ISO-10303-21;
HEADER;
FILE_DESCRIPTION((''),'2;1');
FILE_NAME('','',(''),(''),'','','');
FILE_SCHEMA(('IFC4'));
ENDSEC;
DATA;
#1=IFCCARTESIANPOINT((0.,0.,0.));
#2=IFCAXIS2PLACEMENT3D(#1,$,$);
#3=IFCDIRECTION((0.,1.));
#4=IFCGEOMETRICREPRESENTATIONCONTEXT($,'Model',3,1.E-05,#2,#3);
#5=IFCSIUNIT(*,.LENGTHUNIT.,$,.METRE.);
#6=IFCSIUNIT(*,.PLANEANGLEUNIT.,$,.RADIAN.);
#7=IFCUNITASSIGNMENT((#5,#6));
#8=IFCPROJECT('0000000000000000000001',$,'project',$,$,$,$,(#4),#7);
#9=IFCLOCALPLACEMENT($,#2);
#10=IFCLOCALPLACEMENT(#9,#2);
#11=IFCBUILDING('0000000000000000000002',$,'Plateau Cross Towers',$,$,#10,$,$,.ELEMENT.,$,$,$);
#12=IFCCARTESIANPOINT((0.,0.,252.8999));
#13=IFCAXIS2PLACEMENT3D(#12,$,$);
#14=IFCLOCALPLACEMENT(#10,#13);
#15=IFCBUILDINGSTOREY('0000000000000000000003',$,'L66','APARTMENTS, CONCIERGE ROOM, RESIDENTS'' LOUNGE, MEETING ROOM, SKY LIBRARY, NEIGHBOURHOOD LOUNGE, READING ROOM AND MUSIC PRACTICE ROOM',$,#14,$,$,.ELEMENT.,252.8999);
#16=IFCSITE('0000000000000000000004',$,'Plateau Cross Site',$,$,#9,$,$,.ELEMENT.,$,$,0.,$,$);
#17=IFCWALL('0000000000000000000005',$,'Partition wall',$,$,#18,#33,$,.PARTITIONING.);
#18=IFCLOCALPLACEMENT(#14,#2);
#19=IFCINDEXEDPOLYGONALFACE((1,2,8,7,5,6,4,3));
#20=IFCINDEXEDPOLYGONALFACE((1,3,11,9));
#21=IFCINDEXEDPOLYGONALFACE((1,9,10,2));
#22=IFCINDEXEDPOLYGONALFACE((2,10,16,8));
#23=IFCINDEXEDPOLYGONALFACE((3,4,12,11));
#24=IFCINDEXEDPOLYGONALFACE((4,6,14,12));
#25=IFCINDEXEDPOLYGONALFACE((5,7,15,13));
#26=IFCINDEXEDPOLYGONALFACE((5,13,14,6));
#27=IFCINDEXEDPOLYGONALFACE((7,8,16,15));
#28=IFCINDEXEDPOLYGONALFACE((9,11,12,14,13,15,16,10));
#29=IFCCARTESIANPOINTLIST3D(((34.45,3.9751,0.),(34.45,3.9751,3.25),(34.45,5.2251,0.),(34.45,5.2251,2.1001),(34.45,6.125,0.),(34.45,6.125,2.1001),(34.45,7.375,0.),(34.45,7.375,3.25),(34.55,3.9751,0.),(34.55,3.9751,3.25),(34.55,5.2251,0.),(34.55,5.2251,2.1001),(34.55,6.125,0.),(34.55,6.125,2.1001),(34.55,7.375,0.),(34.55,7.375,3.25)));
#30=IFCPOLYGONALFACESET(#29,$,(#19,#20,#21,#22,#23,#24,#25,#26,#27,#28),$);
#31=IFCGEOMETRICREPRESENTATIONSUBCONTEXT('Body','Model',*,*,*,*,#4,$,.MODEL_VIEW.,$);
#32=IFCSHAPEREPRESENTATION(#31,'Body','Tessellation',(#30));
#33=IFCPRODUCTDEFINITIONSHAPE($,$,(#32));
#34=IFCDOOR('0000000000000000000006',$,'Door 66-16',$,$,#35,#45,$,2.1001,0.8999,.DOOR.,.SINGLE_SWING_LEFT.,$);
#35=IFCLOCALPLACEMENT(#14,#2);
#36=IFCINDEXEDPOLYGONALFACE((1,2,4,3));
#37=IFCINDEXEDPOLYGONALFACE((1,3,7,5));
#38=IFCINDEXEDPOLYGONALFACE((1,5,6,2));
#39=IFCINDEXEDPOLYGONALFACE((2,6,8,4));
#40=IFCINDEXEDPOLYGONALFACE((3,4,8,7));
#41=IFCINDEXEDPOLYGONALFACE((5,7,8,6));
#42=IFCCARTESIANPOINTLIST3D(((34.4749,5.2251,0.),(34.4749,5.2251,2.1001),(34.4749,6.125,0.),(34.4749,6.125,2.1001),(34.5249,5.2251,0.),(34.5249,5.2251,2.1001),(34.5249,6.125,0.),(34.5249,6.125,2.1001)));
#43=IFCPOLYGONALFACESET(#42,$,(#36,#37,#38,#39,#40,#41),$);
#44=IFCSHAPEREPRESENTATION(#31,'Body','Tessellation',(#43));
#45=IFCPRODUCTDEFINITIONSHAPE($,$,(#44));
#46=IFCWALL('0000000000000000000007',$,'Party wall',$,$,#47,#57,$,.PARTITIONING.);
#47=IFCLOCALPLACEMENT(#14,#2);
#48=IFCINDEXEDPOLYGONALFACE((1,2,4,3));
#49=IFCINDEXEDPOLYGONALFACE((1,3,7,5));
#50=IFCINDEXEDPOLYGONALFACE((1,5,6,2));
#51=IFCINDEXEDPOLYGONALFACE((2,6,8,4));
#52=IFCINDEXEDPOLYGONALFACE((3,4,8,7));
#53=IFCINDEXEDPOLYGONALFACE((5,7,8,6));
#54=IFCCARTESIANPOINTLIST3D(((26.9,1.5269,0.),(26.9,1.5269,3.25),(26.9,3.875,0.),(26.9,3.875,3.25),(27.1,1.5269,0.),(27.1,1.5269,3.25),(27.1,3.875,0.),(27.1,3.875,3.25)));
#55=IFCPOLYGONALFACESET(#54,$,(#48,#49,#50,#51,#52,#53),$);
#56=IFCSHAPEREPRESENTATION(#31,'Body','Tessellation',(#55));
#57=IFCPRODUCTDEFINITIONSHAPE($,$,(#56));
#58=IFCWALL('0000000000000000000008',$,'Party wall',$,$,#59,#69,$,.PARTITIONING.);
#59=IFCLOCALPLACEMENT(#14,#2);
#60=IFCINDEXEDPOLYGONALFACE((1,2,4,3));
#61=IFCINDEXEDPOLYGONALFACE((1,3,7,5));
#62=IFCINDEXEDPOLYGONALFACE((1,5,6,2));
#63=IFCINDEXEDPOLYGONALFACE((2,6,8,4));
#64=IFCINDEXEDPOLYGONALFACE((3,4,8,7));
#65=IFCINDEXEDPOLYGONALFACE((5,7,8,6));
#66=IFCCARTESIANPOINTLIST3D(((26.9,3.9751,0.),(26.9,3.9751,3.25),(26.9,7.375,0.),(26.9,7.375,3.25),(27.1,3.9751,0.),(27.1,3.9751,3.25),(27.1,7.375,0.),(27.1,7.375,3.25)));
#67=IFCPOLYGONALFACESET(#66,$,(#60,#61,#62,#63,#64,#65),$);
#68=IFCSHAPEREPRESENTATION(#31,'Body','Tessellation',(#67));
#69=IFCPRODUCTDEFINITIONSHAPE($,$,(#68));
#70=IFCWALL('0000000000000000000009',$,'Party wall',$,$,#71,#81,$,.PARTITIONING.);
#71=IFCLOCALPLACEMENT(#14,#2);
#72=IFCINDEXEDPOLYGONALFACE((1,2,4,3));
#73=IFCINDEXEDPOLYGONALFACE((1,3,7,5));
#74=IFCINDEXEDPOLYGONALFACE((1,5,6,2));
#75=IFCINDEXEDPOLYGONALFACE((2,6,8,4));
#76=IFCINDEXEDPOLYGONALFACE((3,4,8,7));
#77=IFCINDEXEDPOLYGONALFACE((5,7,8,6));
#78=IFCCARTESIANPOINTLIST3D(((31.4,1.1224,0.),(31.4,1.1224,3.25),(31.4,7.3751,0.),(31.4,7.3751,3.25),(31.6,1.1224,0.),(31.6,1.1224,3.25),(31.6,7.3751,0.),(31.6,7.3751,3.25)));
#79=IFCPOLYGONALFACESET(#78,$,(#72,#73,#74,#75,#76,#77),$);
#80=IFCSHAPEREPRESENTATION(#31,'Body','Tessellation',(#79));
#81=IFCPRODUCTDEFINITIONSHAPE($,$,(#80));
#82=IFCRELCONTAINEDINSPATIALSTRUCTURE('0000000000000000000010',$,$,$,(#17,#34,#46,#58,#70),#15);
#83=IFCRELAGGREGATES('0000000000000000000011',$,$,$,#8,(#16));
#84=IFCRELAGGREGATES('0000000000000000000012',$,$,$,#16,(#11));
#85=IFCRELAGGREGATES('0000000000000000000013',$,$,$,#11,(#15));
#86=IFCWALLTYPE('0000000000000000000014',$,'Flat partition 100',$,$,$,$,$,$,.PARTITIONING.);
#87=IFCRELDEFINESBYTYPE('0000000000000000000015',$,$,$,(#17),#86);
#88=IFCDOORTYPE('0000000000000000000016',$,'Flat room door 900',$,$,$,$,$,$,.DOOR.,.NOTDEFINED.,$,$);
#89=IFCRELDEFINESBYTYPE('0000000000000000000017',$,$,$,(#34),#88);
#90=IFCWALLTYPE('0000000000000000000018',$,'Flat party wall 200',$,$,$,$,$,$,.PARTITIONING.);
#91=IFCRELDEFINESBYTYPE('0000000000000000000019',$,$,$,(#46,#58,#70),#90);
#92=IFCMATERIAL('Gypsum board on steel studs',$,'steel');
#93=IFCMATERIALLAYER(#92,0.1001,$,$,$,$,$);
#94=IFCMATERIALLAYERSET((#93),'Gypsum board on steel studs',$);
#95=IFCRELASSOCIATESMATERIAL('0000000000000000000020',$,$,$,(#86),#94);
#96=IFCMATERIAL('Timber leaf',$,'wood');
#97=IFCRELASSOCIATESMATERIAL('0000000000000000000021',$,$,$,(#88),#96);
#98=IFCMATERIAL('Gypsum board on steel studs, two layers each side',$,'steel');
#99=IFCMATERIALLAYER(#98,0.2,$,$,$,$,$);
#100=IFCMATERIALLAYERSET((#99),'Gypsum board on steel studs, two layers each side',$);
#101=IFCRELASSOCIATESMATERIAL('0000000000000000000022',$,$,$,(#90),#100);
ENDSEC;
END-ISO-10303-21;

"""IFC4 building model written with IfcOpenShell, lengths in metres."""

from ifc_helpers import new_model, si_unit, direction, frame, frame_2d, origin, place, context, subcontext, project, spatial, rectangle, extrude, material, layer, layer_set, type_object, element, fill, save


model = new_model("IFC4")

# Units and contexts
model_context = context("Model", 3, precision=1e-05, world=origin(), true_north=direction((0.0, 1.0)))
body_context = subcontext(model_context, "Body", "Model", "MODEL_VIEW")
ifc_project = project(units=[si_unit("LENGTHUNIT", "METRE"), si_unit("PLANEANGLEUNIT", "RADIAN")], contexts=[model_context])

# Site, building, storey
site_placement = place(None, origin())
site = spatial("IfcSite", under=ifc_project, at=site_placement, Name="Plateau Cross Site", CompositionType="ELEMENT", RefElevation=0.0)
building_placement = place(site_placement, origin())
building = spatial("IfcBuilding", under=site, at=building_placement, Name="Plateau Cross Towers", CompositionType="ELEMENT")
storey_placement = place(building_placement, frame((0.0, 0.0, 252.8999)))
storey = spatial("IfcBuildingStorey", under=building, at=storey_placement, Name="L66", Description="APARTMENTS, CONCIERGE ROOM, RESIDENTS' LOUNGE, MEETING ROOM, SKY LIBRARY, NEIGHBOURHOOD LOUNGE, READING ROOM AND MUSIC PRACTICE ROOM", CompositionType="ELEMENT", Elevation=252.8999)

# Shared definitions
ifc_material_1 = material(Name="Gypsum board on steel studs", Category="steel")
ifc_layer_1 = layer(ifc_material_1, 0.1001)
ifc_layer_set_1 = layer_set([ifc_layer_1], Name="Gypsum board on steel studs")
wall_type_1 = type_object("IfcWallType", Name="Flat partition 100", PredefinedType="PARTITIONING", material=ifc_layer_set_1)

# Wall, opening, door
ifc_material_2 = material(Name="Timber leaf", Category="wood")
door_type = type_object("IfcDoorType", Name="Flat room door 900", OperationType="NOTDEFINED", PredefinedType="DOOR", material=ifc_material_2)
wall_1_placement = place(storey_placement, frame((34.5, 7.375, 0.0), z_axis=(0.0, 0.0, 1.0), x_axis=(0.0, -1.0, 0.0)))
wall_1 = element("IfcWall", 1, at=wall_1_placement, inside=storey, type_object=wall_type_1, Name="Partition wall", PredefinedType="PARTITIONING", context=body_context, shape_type="SweptSolid", body=[
    extrude(rectangle(XDim=3.3999, YDim=0.1001, at=frame_2d((1.7, 0.0))), origin(), (0.0, 0.0, 1.0), 3.25),
])
opening_1_placement = place(wall_1_placement, frame((1.25, 0.0, 0.0)))
opening_1 = element("IfcOpeningElement", 2, at=opening_1_placement, cuts=wall_1, PredefinedType="OPENING", context=body_context, shape_type="SweptSolid", body=[
    extrude(rectangle(XDim=0.8999, YDim=2.1001, at=frame_2d((0.45, 1.05))), frame((0.0, 0.0601, 0.0), z_axis=(0.0, -1.0, 0.0), x_axis=(1.0, 0.0, 0.0)), (0.0, 0.0, 1.0), 0.1201),
])
door_1_placement = place(opening_1_placement, origin())
door_1 = element("IfcDoor", 3, at=door_1_placement, inside=storey, type_object=door_type, Name="Door 66-16", OperationType="SINGLE_SWING_LEFT", OverallHeight=2.1001, OverallWidth=0.8999, PredefinedType="DOOR", context=body_context, shape_type="SweptSolid", body=[
    extrude(rectangle(XDim=0.8999, YDim=2.1001, at=frame_2d((0.45, 1.05))), frame((0.0, 0.0249, 0.0), z_axis=(0.0, -1.0, 0.0), x_axis=(1.0, 0.0, 0.0)), (0.0, 0.0, 1.0), 0.05),
])
fill(opening_1, door_1)

# Walls
ifc_material_3 = material(Name="Gypsum board on steel studs, two layers each side", Category="steel")
ifc_layer_2 = layer(ifc_material_3, 0.2)
ifc_layer_set_2 = layer_set([ifc_layer_2], Name="Gypsum board on steel studs, two layers each side")
wall_type_2 = type_object("IfcWallType", Name="Flat party wall 200", PredefinedType="PARTITIONING", material=ifc_layer_set_2)
wall_2_placement = place(storey_placement, frame((27.0, 3.875, 0.0), z_axis=(0.0, 0.0, 1.0), x_axis=(0.0, -1.0, 0.0)))
element("IfcWall", 4, at=wall_2_placement, inside=storey, type_object=wall_type_2, Name="Party wall", PredefinedType="PARTITIONING", context=body_context, shape_type="SweptSolid", body=[
    extrude(rectangle(XDim=2.3481, YDim=0.2, at=frame_2d((1.1741, 0.0))), origin(), (0.0, 0.0, 1.0), 3.25),
])
wall_3_placement = place(storey_placement, frame((27.0, 3.9751, 0.0), z_axis=(0.0, 0.0, 1.0), x_axis=(0.0, 1.0, 0.0)))
element("IfcWall", 5, at=wall_3_placement, inside=storey, type_object=wall_type_2, Name="Party wall", PredefinedType="PARTITIONING", context=body_context, shape_type="SweptSolid", body=[
    extrude(rectangle(XDim=3.3999, YDim=0.2, at=frame_2d((1.7, 0.0))), origin(), (0.0, 0.0, 1.0), 3.25),
])
wall_4_placement = place(storey_placement, frame((31.5, 1.1223, 0.0), z_axis=(0.0, 0.0, 1.0), x_axis=(0.0, 1.0, 0.0)))
element("IfcWall", 6, at=wall_4_placement, inside=storey, type_object=wall_type_2, Name="Party wall", PredefinedType="PARTITIONING", context=body_context, shape_type="SweptSolid", body=[
    extrude(rectangle(XDim=6.2527, YDim=0.2, at=frame_2d((3.1265, 0.0))), origin(), (0.0, 0.0, 1.0), 3.25),
])

save(model, "model.ifc")
